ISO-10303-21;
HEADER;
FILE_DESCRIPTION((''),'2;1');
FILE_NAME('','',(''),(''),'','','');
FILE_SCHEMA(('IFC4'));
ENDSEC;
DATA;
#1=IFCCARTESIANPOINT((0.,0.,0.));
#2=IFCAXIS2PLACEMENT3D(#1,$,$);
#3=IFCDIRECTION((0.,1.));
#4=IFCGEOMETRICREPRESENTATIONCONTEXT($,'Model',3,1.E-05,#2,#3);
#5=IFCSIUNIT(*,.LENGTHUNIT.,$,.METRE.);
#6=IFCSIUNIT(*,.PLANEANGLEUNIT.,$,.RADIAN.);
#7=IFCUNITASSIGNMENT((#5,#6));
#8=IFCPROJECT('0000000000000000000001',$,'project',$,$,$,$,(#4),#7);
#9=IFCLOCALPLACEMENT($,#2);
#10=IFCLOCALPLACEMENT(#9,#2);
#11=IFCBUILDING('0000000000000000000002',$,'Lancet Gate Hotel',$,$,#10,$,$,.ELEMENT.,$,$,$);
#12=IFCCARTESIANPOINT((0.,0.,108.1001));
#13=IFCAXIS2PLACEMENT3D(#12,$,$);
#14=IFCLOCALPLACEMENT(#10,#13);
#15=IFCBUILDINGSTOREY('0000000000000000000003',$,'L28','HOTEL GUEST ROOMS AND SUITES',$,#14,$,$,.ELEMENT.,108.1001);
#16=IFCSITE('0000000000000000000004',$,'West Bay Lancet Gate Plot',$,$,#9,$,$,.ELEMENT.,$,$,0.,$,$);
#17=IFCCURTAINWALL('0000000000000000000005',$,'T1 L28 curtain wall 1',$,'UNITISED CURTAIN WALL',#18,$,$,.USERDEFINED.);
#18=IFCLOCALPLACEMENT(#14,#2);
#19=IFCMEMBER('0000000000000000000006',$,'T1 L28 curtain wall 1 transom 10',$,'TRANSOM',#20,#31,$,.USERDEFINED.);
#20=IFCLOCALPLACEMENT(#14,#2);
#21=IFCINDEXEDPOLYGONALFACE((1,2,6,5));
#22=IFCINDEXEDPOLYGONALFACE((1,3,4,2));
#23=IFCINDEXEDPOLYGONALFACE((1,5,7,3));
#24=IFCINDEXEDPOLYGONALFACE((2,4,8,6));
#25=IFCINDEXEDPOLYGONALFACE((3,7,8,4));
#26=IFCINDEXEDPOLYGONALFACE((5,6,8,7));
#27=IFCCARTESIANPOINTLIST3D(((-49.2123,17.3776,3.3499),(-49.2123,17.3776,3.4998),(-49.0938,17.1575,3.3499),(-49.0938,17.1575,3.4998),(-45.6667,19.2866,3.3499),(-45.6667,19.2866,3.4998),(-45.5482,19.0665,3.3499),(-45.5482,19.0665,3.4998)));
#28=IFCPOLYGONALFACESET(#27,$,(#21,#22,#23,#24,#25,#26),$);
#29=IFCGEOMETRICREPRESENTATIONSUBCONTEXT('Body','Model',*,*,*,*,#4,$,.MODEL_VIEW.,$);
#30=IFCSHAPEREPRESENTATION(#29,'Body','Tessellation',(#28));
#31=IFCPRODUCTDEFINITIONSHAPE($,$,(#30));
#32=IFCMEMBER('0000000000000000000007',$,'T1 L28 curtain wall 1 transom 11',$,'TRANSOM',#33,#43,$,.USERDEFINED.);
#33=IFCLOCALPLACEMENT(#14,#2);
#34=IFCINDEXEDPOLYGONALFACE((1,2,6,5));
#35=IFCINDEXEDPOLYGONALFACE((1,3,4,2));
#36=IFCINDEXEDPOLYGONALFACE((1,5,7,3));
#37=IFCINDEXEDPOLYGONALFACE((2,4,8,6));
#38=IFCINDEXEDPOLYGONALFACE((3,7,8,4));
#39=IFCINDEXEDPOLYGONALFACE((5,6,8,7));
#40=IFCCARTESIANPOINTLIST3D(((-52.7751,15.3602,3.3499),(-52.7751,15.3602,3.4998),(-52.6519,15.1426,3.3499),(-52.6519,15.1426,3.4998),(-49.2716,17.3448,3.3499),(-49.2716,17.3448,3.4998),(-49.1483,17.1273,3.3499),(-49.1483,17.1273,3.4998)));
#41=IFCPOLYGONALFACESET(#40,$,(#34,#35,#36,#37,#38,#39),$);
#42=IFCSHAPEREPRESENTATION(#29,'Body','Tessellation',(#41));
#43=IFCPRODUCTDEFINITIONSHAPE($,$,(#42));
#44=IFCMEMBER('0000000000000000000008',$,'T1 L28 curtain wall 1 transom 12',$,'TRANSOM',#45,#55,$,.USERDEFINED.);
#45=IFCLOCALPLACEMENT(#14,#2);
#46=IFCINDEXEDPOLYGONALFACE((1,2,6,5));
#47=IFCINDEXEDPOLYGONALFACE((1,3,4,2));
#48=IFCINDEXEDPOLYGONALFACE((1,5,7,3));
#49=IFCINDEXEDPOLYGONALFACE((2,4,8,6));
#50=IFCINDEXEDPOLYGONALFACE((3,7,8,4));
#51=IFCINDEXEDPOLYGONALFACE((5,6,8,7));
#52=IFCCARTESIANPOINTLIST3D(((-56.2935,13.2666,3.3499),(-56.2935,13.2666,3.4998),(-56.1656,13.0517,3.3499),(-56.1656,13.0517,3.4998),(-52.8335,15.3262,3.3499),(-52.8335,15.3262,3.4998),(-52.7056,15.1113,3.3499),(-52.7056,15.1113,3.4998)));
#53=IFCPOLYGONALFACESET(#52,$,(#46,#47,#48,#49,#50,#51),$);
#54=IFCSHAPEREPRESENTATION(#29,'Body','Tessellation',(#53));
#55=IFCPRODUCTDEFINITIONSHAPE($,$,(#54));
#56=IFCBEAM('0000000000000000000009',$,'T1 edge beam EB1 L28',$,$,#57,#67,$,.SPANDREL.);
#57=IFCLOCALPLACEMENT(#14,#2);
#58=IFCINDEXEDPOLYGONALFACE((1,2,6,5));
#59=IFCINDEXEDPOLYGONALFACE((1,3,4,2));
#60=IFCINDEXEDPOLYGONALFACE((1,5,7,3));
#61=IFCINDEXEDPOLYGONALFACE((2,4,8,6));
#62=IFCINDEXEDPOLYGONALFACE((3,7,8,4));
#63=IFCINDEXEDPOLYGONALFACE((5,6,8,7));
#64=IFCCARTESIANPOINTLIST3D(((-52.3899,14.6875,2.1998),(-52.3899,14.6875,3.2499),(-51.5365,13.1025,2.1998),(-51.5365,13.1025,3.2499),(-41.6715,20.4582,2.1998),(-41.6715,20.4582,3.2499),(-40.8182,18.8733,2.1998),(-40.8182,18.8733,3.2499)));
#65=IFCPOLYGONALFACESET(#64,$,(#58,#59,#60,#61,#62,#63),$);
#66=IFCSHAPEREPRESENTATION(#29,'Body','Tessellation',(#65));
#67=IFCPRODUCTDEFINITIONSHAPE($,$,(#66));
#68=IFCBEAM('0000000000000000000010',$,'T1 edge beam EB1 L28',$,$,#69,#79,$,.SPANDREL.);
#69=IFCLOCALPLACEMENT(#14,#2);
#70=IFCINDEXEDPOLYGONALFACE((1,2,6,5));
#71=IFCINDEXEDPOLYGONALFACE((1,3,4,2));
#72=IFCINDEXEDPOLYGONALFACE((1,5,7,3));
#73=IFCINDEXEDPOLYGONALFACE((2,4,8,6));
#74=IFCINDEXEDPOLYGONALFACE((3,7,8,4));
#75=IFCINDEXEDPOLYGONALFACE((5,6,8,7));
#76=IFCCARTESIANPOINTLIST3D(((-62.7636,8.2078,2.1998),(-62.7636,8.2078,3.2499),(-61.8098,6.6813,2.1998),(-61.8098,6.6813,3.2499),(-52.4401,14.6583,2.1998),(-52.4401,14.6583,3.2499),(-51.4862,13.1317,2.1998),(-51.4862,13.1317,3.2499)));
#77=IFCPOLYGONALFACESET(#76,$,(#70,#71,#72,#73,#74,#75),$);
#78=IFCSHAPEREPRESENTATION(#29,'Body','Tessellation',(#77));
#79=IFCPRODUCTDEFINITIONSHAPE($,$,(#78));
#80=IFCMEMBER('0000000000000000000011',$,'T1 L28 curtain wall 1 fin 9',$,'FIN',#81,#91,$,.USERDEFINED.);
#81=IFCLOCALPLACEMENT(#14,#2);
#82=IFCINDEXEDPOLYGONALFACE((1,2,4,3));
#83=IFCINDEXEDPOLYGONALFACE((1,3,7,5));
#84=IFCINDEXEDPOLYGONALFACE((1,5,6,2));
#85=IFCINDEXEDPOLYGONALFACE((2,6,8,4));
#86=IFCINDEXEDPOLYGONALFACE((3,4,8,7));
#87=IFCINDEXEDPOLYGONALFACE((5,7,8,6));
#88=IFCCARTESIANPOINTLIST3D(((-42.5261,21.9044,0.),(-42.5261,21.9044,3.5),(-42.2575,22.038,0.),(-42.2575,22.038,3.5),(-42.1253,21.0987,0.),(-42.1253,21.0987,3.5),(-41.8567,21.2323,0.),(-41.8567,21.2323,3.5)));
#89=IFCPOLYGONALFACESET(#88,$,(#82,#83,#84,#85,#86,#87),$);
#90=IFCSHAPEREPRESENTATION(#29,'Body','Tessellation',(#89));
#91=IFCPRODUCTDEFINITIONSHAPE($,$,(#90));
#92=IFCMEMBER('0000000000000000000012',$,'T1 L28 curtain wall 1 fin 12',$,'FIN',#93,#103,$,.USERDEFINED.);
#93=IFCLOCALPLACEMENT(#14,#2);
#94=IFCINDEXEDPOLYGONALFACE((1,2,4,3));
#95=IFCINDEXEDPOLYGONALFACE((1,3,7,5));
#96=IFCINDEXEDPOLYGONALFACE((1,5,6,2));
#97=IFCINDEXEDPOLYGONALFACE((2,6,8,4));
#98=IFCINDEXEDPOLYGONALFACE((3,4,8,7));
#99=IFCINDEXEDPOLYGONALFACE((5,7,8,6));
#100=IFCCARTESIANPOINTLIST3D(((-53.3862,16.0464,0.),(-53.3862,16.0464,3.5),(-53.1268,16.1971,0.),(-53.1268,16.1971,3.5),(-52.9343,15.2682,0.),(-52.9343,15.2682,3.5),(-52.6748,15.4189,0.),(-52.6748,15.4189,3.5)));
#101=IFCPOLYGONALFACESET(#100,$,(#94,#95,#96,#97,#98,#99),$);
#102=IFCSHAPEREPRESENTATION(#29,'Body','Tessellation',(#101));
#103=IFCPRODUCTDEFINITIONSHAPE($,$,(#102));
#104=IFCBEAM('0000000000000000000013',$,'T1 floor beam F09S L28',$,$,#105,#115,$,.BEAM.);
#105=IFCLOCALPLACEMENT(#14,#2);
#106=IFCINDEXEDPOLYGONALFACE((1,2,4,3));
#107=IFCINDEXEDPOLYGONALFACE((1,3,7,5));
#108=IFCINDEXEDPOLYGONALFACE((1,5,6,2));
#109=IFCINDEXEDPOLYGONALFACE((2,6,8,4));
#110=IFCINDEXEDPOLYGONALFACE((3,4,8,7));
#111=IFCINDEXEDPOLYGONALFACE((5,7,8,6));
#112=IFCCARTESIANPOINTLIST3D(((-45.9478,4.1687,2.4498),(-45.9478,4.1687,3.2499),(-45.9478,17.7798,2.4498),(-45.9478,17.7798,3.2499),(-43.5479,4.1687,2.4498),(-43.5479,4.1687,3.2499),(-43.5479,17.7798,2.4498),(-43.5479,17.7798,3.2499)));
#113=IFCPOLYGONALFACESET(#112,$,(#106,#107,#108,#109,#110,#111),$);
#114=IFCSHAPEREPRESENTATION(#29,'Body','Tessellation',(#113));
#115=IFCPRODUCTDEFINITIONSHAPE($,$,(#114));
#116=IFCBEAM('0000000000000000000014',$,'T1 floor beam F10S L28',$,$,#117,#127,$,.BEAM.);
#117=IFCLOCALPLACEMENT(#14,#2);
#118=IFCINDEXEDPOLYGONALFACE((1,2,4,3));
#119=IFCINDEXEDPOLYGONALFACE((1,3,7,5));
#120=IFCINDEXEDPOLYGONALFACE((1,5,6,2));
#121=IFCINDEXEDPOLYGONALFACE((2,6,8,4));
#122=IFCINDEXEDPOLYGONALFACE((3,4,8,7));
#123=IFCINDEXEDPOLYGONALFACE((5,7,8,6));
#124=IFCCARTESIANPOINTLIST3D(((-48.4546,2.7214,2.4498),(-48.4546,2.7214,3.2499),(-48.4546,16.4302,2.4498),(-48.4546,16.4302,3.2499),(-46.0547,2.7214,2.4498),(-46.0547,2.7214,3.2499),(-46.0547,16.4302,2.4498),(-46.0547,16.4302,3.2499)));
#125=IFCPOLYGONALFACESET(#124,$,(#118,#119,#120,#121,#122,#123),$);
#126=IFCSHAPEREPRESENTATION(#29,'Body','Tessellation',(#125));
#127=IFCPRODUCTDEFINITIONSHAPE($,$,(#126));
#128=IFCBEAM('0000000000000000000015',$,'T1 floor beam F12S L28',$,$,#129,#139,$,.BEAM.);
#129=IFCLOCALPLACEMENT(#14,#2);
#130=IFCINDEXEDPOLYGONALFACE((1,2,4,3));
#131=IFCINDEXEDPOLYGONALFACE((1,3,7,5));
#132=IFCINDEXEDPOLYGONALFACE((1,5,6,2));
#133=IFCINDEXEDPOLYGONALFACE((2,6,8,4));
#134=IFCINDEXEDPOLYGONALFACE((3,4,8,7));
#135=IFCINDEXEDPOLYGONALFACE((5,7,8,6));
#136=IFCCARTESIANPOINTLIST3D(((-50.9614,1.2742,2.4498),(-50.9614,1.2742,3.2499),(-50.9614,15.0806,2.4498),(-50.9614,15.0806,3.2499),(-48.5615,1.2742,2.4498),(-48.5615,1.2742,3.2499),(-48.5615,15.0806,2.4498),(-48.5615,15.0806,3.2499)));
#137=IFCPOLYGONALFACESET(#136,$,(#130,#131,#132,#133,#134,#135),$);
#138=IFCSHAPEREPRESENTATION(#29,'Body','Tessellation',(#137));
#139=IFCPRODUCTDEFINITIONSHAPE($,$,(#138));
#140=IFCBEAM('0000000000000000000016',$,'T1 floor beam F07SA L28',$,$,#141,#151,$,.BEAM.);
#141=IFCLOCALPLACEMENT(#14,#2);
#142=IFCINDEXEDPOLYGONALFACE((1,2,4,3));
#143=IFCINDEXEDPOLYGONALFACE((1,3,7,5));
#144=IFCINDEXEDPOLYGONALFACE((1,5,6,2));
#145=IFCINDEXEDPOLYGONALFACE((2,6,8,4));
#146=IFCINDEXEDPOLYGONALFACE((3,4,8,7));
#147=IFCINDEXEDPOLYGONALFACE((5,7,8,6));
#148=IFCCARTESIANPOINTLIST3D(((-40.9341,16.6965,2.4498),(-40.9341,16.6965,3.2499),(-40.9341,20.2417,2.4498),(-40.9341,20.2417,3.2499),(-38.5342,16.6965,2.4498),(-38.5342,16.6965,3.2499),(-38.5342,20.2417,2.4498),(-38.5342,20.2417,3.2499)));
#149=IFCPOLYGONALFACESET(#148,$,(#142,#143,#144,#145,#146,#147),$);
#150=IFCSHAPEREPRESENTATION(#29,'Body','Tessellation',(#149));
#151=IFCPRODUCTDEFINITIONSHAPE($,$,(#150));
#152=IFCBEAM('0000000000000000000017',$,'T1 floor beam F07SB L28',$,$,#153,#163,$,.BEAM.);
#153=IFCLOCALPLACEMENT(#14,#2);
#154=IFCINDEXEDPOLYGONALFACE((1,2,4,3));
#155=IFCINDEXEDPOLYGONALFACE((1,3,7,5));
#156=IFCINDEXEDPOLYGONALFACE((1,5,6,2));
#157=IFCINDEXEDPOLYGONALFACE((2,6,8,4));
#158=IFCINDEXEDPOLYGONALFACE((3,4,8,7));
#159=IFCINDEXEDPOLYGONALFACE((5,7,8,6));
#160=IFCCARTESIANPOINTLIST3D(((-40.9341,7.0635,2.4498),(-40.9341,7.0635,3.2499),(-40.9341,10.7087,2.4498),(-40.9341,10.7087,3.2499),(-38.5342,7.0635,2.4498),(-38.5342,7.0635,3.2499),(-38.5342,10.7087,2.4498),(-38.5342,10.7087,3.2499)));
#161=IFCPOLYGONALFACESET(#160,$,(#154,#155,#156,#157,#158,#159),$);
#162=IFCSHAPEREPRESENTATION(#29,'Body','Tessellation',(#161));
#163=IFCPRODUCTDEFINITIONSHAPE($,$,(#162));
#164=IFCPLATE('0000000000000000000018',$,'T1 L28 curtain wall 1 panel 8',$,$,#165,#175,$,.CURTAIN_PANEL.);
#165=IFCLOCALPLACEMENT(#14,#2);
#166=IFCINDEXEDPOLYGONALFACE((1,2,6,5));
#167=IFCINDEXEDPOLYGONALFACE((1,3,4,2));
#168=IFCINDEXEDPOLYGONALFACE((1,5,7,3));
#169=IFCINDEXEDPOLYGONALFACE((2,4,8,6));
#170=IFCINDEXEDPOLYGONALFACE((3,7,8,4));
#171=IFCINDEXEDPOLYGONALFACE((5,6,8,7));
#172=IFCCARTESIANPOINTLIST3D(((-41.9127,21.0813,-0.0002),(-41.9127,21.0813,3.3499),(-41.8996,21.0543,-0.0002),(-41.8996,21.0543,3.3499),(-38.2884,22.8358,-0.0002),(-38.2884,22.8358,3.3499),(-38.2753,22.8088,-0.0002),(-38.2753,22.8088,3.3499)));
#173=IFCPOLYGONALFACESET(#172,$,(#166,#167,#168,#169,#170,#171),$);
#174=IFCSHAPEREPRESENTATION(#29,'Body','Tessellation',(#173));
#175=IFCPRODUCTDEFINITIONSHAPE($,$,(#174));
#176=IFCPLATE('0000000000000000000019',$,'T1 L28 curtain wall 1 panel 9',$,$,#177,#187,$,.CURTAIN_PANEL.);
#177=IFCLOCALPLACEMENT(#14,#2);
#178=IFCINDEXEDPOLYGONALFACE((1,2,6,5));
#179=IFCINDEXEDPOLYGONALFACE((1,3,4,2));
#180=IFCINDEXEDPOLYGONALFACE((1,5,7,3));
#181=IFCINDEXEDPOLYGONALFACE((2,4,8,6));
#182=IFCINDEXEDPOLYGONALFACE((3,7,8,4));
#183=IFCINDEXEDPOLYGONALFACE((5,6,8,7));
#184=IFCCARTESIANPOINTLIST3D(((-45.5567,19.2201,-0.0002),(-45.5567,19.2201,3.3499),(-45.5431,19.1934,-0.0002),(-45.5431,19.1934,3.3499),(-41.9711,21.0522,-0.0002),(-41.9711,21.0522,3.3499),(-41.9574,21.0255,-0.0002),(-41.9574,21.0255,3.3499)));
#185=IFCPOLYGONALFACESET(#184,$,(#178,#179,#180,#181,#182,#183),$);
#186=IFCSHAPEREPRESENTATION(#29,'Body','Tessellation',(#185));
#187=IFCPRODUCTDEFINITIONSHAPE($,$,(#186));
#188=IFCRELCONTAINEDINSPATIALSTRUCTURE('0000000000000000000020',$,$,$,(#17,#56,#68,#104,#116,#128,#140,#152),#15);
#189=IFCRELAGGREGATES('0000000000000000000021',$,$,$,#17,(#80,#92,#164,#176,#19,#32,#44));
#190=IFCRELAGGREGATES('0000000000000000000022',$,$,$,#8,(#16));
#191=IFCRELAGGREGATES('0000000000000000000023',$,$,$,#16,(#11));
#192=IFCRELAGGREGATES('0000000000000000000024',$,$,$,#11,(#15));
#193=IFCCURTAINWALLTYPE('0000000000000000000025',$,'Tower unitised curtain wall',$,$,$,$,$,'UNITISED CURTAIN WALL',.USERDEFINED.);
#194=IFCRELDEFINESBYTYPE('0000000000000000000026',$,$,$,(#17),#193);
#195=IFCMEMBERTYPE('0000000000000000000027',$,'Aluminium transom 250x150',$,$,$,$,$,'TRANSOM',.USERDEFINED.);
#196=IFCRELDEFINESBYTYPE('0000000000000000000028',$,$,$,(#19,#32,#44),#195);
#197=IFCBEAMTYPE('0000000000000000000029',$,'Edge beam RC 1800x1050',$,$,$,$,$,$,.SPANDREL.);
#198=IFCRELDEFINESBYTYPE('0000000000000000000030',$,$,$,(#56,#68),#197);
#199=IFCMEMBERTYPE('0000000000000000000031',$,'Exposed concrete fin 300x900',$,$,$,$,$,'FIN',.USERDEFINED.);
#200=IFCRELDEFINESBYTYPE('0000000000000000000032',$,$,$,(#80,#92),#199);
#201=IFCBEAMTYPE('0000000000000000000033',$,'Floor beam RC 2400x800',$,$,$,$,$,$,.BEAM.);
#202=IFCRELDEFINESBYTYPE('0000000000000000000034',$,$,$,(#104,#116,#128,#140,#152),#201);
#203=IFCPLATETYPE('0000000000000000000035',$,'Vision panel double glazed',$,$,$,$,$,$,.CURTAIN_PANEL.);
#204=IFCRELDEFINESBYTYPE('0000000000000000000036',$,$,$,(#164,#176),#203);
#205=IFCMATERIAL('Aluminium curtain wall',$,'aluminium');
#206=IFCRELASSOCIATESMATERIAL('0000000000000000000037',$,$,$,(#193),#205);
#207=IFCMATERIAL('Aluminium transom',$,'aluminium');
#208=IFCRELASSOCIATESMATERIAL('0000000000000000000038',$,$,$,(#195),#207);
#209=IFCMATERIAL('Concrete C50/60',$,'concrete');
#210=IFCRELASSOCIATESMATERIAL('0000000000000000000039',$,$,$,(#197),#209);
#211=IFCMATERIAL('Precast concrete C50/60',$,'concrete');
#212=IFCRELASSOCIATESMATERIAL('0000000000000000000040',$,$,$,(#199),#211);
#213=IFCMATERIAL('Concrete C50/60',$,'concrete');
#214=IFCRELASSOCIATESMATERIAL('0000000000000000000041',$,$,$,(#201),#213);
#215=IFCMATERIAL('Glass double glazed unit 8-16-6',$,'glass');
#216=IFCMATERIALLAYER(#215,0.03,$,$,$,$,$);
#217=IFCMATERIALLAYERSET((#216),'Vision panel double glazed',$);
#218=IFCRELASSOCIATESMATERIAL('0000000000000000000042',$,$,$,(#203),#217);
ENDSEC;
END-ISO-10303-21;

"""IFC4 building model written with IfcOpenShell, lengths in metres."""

from ifc_helpers import new_model, si_unit, direction, frame, origin, origin_2d, place, context, subcontext, project, spatial, rectangle, extrude, material, layer, layer_set, material_profile, profile_set, type_object, element, aggregate, save


model = new_model("IFC4")

# Units and contexts
model_context = context("Model", 3, precision=1e-05, world=origin(), true_north=direction((0.0, 1.0)))
body_context = subcontext(model_context, "Body", "Model", "MODEL_VIEW")
ifc_project = project(units=[si_unit("LENGTHUNIT", "METRE"), si_unit("PLANEANGLEUNIT", "RADIAN")], contexts=[model_context])

# Site, building, storey
site_placement = place(None, origin())
site = spatial("IfcSite", under=ifc_project, at=site_placement, Name="West Bay Lancet Gate Plot", CompositionType="ELEMENT", RefElevation=0.0)
building_placement = place(site_placement, origin())
building = spatial("IfcBuilding", under=site, at=building_placement, Name="Lancet Gate Hotel", CompositionType="ELEMENT")
storey_placement = place(building_placement, frame((0.0, 0.0, 108.1001)))
storey = spatial("IfcBuildingStorey", under=building, at=storey_placement, Name="L28", Description="HOTEL GUEST ROOMS AND SUITES", CompositionType="ELEMENT", Elevation=108.1001)

# Curtain wall, members
ifc_material_1 = material(Name="Aluminium curtain wall", Category="aluminium")
curtain_wall_type = type_object("IfcCurtainWallType", Name="Tower unitised curtain wall", ElementType="UNITISED CURTAIN WALL", PredefinedType="USERDEFINED", material=ifc_material_1)
curtain_wall_placement = place(storey_placement, origin())
curtain_wall = element("IfcCurtainWall", 1, at=curtain_wall_placement, inside=storey, type_object=curtain_wall_type, Name="T1 L28 curtain wall 1", ObjectType="UNITISED CURTAIN WALL", PredefinedType="USERDEFINED")
ifc_material_2 = material(Name="Aluminium transom", Category="aluminium")
ifc_material_profile_1 = material_profile(ifc_material_2, rectangle(XDim=0.25, YDim=0.1499, at=origin_2d()), Name="TRANSOM 250x150")
ifc_profile_set_1 = profile_set([ifc_material_profile_1], Name="Aluminium transom")
member_type_1 = type_object("IfcMemberType", Name="Aluminium transom 250x150", ElementType="TRANSOM", PredefinedType="USERDEFINED", material=ifc_profile_set_1)
member_1_placement = place(storey_placement, frame((-45.6074, 19.1765, 3.4248), z_axis=(-0.880498, -0.474049, 0.0), x_axis=(0.474049, -0.880498, 0.0)))
member_1 = element("IfcMember", 2, at=member_1_placement, type_object=member_type_1, Name="T1 L28 curtain wall 1 transom 10", ObjectType="TRANSOM", PredefinedType="USERDEFINED", context=body_context, shape_type="SweptSolid", body=[
    extrude(rectangle(XDim=0.25, YDim=0.1499, at=origin_2d()), origin(), (0.0, 0.0, 1.0), 4.0269),
])
member_2_placement = place(storey_placement, frame((-49.21, 17.2361, 3.4248), z_axis=(-0.870092, -0.49289, 0.0), x_axis=(0.49289, -0.870092, 0.0)))
member_2 = element("IfcMember", 3, at=member_2_placement, type_object=member_type_1, Name="T1 L28 curtain wall 1 transom 11", ObjectType="TRANSOM", PredefinedType="USERDEFINED", context=body_context, shape_type="SweptSolid", body=[
    extrude(rectangle(XDim=0.25, YDim=0.1499, at=origin_2d()), origin(), (0.0, 0.0, 1.0), 4.0266),
])
member_3_placement = place(storey_placement, frame((-52.7695, 15.2188, 3.4248), z_axis=(-0.859285, -0.511497, 0.0), x_axis=(0.511497, -0.859285, 0.0)))
member_3 = element("IfcMember", 4, at=member_3_placement, type_object=member_type_1, Name="T1 L28 curtain wall 1 transom 12", ObjectType="TRANSOM", PredefinedType="USERDEFINED", context=body_context, shape_type="SweptSolid", body=[
    extrude(rectangle(XDim=0.25, YDim=0.1499, at=origin_2d()), origin(), (0.0, 0.0, 1.0), 4.0266),
])

# Beams
ifc_material_3 = material(Name="Concrete C50/60", Category="concrete")
ifc_material_profile_2 = material_profile(ifc_material_3, rectangle(XDim=1.8, YDim=1.05, at=origin_2d()), Name="RC 1800x1050")
ifc_profile_set_2 = profile_set([ifc_material_profile_2], Name="Concrete C50/60")
beam_type_1 = type_object("IfcBeamType", Name="Edge beam RC 1800x1050", PredefinedType="SPANDREL", material=ifc_profile_set_2)
for number, where, z_axis, x_axis, name in (
    (5, (-41.2449, 19.6658, 2.7249), (-0.880492, -0.47406, 0.0), (0.47406, -0.880492, 0.0), "T1 edge beam EB1 L28"),
    (6, (-51.9631, 13.895, 2.7249), (-0.848063, -0.529896, 0.0), (0.529896, -0.848063, 0.0), "T1 edge beam EB1 L28"),
):
    element("IfcBeam", number, at=place(storey_placement, frame(where, z_axis=z_axis, x_axis=x_axis)), inside=storey, type_object=beam_type_1, Name=name, PredefinedType="SPANDREL", context=body_context, shape_type="SweptSolid", body=[
        extrude(rectangle(XDim=1.8, YDim=1.05, at=origin_2d()), origin(), (0.0, 0.0, 1.0), 12.1731),
    ])

# Members
ifc_material_4 = material(Name="Precast concrete C50/60", Category="concrete")
ifc_material_profile_3 = material_profile(ifc_material_4, rectangle(XDim=0.3, YDim=0.8999, at=origin_2d()), Name="FIN 300x900")
ifc_profile_set_3 = profile_set([ifc_material_profile_3], Name="Precast concrete C50/60")
member_type_2 = type_object("IfcMemberType", Name="Exposed concrete fin 300x900", ElementType="FIN", PredefinedType="USERDEFINED", material=ifc_profile_set_3)
member_4_placement = place(storey_placement, frame((-42.1914, 21.5684, 0.0), z_axis=(0.0, 0.0, 1.0), x_axis=(-0.895339, -0.445384, 0.0)))
member_4 = element("IfcMember", 7, at=member_4_placement, type_object=member_type_2, Name="T1 L28 curtain wall 1 fin 9", ObjectType="FIN", PredefinedType="USERDEFINED", context=body_context, shape_type="SweptSolid", body=[
    extrude(rectangle(XDim=0.3, YDim=0.8999, at=origin_2d()), origin(), (0.0, 0.0, 1.0), 3.5),
])
member_5_placement = place(storey_placement, frame((-53.0305, 15.7327, 0.0), z_axis=(0.0, 0.0, 1.0), x_axis=(-0.864728, -0.502241, 0.0)))
member_5 = element("IfcMember", 8, at=member_5_placement, type_object=member_type_2, Name="T1 L28 curtain wall 1 fin 12", ObjectType="FIN", PredefinedType="USERDEFINED", context=body_context, shape_type="SweptSolid", body=[
    extrude(rectangle(XDim=0.3, YDim=0.8999, at=origin_2d()), origin(), (0.0, 0.0, 1.0), 3.5),
])

# Beams
ifc_material_5 = material(Name="Concrete C50/60", Category="concrete")
ifc_material_profile_4 = material_profile(ifc_material_5, rectangle(XDim=2.3999, YDim=0.8, at=origin_2d()), Name="RC 2400x800")
ifc_profile_set_4 = profile_set([ifc_material_profile_4], Name="Concrete C50/60")
beam_type_2 = type_object("IfcBeamType", Name="Floor beam RC 2400x800", PredefinedType="BEAM", material=ifc_profile_set_4)
beam_1_placement = place(storey_placement, frame((-44.7478, 17.7798, 2.8499), z_axis=(0.0, -1.0, 0.0), x_axis=(1.0, 0.0, 0.0)))
element("IfcBeam", 9, at=beam_1_placement, inside=storey, type_object=beam_type_2, Name="T1 floor beam F09S L28", PredefinedType="BEAM", context=body_context, shape_type="SweptSolid", body=[
    extrude(rectangle(XDim=2.3999, YDim=0.8, at=origin_2d()), origin(), (0.0, 0.0, 1.0), 13.6111),
])
beam_2_placement = place(storey_placement, frame((-47.2546, 16.4302, 2.8499), z_axis=(0.0, -1.0, 0.0), x_axis=(1.0, 0.0, 0.0)))
element("IfcBeam", 10, at=beam_2_placement, inside=storey, type_object=beam_type_2, Name="T1 floor beam F10S L28", PredefinedType="BEAM", context=body_context, shape_type="SweptSolid", body=[
    extrude(rectangle(XDim=2.3999, YDim=0.8, at=origin_2d()), origin(), (0.0, 0.0, 1.0), 13.7087),
])
beam_3_placement = place(storey_placement, frame((-49.7615, 15.0806, 2.8499), z_axis=(0.0, -1.0, 0.0), x_axis=(1.0, 0.0, 0.0)))
element("IfcBeam", 11, at=beam_3_placement, inside=storey, type_object=beam_type_2, Name="T1 floor beam F12S L28", PredefinedType="BEAM", context=body_context, shape_type="SweptSolid", body=[
    extrude(rectangle(XDim=2.3999, YDim=0.8, at=origin_2d()), origin(), (0.0, 0.0, 1.0), 13.8064),
])
beam_4_placement = place(storey_placement, frame((-39.7341, 20.2417, 2.8499), z_axis=(0.0, -1.0, 0.0), x_axis=(1.0, 0.0, 0.0)))
element("IfcBeam", 12, at=beam_4_placement, inside=storey, type_object=beam_type_2, Name="T1 floor beam F07SA L28", PredefinedType="BEAM", context=body_context, shape_type="SweptSolid", body=[
    extrude(rectangle(XDim=2.3999, YDim=0.8, at=origin_2d()), origin(), (0.0, 0.0, 1.0), 3.5452),
])
beam_5_placement = place(storey_placement, frame((-39.7341, 10.7087, 2.8499), z_axis=(0.0, -1.0, 0.0), x_axis=(1.0, 0.0, 0.0)))
element("IfcBeam", 13, at=beam_5_placement, inside=storey, type_object=beam_type_2, Name="T1 floor beam F07SB L28", PredefinedType="BEAM", context=body_context, shape_type="SweptSolid", body=[
    extrude(rectangle(XDim=2.3999, YDim=0.8, at=origin_2d()), origin(), (0.0, 0.0, 1.0), 3.6453),
])

# Plates
ifc_material_6 = material(Name="Glass double glazed unit 8-16-6", Category="glass")
ifc_layer_1 = layer(ifc_material_6, 0.03)
ifc_layer_set_1 = layer_set([ifc_layer_1], Name="Vision panel double glazed")
plate_type = type_object("IfcPlateType", Name="Vision panel double glazed", PredefinedType="CURTAIN_PANEL", material=ifc_layer_set_1)
plate_1_placement = place(storey_placement, frame((-40.094, 21.9451, -0.0002), z_axis=(0.0, 0.0, 1.0), x_axis=(-0.900082, -0.435721, 0.0)))
plate_1 = element("IfcPlate", 14, at=plate_1_placement, type_object=plate_type, Name="T1 L28 curtain wall 1 panel 8", PredefinedType="CURTAIN_PANEL", context=body_context, shape_type="SweptSolid", body=[
    extrude(rectangle(XDim=4.0266, YDim=0.03, at=origin_2d()), origin(), (0.0, 0.0, 1.0), 3.3501),
])
plate_2_placement = place(storey_placement, frame((-43.7571, 20.1228, -0.0002), z_axis=(0.0, 0.0, 1.0), x_axis=(-0.890493, -0.454996, 0.0)))
plate_2 = element("IfcPlate", 15, at=plate_2_placement, type_object=plate_type, Name="T1 L28 curtain wall 1 panel 9", PredefinedType="CURTAIN_PANEL", context=body_context, shape_type="SweptSolid", body=[
    extrude(rectangle(XDim=4.0266, YDim=0.03, at=origin_2d()), origin(), (0.0, 0.0, 1.0), 3.3501),
])
aggregate(curtain_wall, [member_4, member_5, plate_1, plate_2, member_1, member_2, member_3])

save(model, "model.ifc")
